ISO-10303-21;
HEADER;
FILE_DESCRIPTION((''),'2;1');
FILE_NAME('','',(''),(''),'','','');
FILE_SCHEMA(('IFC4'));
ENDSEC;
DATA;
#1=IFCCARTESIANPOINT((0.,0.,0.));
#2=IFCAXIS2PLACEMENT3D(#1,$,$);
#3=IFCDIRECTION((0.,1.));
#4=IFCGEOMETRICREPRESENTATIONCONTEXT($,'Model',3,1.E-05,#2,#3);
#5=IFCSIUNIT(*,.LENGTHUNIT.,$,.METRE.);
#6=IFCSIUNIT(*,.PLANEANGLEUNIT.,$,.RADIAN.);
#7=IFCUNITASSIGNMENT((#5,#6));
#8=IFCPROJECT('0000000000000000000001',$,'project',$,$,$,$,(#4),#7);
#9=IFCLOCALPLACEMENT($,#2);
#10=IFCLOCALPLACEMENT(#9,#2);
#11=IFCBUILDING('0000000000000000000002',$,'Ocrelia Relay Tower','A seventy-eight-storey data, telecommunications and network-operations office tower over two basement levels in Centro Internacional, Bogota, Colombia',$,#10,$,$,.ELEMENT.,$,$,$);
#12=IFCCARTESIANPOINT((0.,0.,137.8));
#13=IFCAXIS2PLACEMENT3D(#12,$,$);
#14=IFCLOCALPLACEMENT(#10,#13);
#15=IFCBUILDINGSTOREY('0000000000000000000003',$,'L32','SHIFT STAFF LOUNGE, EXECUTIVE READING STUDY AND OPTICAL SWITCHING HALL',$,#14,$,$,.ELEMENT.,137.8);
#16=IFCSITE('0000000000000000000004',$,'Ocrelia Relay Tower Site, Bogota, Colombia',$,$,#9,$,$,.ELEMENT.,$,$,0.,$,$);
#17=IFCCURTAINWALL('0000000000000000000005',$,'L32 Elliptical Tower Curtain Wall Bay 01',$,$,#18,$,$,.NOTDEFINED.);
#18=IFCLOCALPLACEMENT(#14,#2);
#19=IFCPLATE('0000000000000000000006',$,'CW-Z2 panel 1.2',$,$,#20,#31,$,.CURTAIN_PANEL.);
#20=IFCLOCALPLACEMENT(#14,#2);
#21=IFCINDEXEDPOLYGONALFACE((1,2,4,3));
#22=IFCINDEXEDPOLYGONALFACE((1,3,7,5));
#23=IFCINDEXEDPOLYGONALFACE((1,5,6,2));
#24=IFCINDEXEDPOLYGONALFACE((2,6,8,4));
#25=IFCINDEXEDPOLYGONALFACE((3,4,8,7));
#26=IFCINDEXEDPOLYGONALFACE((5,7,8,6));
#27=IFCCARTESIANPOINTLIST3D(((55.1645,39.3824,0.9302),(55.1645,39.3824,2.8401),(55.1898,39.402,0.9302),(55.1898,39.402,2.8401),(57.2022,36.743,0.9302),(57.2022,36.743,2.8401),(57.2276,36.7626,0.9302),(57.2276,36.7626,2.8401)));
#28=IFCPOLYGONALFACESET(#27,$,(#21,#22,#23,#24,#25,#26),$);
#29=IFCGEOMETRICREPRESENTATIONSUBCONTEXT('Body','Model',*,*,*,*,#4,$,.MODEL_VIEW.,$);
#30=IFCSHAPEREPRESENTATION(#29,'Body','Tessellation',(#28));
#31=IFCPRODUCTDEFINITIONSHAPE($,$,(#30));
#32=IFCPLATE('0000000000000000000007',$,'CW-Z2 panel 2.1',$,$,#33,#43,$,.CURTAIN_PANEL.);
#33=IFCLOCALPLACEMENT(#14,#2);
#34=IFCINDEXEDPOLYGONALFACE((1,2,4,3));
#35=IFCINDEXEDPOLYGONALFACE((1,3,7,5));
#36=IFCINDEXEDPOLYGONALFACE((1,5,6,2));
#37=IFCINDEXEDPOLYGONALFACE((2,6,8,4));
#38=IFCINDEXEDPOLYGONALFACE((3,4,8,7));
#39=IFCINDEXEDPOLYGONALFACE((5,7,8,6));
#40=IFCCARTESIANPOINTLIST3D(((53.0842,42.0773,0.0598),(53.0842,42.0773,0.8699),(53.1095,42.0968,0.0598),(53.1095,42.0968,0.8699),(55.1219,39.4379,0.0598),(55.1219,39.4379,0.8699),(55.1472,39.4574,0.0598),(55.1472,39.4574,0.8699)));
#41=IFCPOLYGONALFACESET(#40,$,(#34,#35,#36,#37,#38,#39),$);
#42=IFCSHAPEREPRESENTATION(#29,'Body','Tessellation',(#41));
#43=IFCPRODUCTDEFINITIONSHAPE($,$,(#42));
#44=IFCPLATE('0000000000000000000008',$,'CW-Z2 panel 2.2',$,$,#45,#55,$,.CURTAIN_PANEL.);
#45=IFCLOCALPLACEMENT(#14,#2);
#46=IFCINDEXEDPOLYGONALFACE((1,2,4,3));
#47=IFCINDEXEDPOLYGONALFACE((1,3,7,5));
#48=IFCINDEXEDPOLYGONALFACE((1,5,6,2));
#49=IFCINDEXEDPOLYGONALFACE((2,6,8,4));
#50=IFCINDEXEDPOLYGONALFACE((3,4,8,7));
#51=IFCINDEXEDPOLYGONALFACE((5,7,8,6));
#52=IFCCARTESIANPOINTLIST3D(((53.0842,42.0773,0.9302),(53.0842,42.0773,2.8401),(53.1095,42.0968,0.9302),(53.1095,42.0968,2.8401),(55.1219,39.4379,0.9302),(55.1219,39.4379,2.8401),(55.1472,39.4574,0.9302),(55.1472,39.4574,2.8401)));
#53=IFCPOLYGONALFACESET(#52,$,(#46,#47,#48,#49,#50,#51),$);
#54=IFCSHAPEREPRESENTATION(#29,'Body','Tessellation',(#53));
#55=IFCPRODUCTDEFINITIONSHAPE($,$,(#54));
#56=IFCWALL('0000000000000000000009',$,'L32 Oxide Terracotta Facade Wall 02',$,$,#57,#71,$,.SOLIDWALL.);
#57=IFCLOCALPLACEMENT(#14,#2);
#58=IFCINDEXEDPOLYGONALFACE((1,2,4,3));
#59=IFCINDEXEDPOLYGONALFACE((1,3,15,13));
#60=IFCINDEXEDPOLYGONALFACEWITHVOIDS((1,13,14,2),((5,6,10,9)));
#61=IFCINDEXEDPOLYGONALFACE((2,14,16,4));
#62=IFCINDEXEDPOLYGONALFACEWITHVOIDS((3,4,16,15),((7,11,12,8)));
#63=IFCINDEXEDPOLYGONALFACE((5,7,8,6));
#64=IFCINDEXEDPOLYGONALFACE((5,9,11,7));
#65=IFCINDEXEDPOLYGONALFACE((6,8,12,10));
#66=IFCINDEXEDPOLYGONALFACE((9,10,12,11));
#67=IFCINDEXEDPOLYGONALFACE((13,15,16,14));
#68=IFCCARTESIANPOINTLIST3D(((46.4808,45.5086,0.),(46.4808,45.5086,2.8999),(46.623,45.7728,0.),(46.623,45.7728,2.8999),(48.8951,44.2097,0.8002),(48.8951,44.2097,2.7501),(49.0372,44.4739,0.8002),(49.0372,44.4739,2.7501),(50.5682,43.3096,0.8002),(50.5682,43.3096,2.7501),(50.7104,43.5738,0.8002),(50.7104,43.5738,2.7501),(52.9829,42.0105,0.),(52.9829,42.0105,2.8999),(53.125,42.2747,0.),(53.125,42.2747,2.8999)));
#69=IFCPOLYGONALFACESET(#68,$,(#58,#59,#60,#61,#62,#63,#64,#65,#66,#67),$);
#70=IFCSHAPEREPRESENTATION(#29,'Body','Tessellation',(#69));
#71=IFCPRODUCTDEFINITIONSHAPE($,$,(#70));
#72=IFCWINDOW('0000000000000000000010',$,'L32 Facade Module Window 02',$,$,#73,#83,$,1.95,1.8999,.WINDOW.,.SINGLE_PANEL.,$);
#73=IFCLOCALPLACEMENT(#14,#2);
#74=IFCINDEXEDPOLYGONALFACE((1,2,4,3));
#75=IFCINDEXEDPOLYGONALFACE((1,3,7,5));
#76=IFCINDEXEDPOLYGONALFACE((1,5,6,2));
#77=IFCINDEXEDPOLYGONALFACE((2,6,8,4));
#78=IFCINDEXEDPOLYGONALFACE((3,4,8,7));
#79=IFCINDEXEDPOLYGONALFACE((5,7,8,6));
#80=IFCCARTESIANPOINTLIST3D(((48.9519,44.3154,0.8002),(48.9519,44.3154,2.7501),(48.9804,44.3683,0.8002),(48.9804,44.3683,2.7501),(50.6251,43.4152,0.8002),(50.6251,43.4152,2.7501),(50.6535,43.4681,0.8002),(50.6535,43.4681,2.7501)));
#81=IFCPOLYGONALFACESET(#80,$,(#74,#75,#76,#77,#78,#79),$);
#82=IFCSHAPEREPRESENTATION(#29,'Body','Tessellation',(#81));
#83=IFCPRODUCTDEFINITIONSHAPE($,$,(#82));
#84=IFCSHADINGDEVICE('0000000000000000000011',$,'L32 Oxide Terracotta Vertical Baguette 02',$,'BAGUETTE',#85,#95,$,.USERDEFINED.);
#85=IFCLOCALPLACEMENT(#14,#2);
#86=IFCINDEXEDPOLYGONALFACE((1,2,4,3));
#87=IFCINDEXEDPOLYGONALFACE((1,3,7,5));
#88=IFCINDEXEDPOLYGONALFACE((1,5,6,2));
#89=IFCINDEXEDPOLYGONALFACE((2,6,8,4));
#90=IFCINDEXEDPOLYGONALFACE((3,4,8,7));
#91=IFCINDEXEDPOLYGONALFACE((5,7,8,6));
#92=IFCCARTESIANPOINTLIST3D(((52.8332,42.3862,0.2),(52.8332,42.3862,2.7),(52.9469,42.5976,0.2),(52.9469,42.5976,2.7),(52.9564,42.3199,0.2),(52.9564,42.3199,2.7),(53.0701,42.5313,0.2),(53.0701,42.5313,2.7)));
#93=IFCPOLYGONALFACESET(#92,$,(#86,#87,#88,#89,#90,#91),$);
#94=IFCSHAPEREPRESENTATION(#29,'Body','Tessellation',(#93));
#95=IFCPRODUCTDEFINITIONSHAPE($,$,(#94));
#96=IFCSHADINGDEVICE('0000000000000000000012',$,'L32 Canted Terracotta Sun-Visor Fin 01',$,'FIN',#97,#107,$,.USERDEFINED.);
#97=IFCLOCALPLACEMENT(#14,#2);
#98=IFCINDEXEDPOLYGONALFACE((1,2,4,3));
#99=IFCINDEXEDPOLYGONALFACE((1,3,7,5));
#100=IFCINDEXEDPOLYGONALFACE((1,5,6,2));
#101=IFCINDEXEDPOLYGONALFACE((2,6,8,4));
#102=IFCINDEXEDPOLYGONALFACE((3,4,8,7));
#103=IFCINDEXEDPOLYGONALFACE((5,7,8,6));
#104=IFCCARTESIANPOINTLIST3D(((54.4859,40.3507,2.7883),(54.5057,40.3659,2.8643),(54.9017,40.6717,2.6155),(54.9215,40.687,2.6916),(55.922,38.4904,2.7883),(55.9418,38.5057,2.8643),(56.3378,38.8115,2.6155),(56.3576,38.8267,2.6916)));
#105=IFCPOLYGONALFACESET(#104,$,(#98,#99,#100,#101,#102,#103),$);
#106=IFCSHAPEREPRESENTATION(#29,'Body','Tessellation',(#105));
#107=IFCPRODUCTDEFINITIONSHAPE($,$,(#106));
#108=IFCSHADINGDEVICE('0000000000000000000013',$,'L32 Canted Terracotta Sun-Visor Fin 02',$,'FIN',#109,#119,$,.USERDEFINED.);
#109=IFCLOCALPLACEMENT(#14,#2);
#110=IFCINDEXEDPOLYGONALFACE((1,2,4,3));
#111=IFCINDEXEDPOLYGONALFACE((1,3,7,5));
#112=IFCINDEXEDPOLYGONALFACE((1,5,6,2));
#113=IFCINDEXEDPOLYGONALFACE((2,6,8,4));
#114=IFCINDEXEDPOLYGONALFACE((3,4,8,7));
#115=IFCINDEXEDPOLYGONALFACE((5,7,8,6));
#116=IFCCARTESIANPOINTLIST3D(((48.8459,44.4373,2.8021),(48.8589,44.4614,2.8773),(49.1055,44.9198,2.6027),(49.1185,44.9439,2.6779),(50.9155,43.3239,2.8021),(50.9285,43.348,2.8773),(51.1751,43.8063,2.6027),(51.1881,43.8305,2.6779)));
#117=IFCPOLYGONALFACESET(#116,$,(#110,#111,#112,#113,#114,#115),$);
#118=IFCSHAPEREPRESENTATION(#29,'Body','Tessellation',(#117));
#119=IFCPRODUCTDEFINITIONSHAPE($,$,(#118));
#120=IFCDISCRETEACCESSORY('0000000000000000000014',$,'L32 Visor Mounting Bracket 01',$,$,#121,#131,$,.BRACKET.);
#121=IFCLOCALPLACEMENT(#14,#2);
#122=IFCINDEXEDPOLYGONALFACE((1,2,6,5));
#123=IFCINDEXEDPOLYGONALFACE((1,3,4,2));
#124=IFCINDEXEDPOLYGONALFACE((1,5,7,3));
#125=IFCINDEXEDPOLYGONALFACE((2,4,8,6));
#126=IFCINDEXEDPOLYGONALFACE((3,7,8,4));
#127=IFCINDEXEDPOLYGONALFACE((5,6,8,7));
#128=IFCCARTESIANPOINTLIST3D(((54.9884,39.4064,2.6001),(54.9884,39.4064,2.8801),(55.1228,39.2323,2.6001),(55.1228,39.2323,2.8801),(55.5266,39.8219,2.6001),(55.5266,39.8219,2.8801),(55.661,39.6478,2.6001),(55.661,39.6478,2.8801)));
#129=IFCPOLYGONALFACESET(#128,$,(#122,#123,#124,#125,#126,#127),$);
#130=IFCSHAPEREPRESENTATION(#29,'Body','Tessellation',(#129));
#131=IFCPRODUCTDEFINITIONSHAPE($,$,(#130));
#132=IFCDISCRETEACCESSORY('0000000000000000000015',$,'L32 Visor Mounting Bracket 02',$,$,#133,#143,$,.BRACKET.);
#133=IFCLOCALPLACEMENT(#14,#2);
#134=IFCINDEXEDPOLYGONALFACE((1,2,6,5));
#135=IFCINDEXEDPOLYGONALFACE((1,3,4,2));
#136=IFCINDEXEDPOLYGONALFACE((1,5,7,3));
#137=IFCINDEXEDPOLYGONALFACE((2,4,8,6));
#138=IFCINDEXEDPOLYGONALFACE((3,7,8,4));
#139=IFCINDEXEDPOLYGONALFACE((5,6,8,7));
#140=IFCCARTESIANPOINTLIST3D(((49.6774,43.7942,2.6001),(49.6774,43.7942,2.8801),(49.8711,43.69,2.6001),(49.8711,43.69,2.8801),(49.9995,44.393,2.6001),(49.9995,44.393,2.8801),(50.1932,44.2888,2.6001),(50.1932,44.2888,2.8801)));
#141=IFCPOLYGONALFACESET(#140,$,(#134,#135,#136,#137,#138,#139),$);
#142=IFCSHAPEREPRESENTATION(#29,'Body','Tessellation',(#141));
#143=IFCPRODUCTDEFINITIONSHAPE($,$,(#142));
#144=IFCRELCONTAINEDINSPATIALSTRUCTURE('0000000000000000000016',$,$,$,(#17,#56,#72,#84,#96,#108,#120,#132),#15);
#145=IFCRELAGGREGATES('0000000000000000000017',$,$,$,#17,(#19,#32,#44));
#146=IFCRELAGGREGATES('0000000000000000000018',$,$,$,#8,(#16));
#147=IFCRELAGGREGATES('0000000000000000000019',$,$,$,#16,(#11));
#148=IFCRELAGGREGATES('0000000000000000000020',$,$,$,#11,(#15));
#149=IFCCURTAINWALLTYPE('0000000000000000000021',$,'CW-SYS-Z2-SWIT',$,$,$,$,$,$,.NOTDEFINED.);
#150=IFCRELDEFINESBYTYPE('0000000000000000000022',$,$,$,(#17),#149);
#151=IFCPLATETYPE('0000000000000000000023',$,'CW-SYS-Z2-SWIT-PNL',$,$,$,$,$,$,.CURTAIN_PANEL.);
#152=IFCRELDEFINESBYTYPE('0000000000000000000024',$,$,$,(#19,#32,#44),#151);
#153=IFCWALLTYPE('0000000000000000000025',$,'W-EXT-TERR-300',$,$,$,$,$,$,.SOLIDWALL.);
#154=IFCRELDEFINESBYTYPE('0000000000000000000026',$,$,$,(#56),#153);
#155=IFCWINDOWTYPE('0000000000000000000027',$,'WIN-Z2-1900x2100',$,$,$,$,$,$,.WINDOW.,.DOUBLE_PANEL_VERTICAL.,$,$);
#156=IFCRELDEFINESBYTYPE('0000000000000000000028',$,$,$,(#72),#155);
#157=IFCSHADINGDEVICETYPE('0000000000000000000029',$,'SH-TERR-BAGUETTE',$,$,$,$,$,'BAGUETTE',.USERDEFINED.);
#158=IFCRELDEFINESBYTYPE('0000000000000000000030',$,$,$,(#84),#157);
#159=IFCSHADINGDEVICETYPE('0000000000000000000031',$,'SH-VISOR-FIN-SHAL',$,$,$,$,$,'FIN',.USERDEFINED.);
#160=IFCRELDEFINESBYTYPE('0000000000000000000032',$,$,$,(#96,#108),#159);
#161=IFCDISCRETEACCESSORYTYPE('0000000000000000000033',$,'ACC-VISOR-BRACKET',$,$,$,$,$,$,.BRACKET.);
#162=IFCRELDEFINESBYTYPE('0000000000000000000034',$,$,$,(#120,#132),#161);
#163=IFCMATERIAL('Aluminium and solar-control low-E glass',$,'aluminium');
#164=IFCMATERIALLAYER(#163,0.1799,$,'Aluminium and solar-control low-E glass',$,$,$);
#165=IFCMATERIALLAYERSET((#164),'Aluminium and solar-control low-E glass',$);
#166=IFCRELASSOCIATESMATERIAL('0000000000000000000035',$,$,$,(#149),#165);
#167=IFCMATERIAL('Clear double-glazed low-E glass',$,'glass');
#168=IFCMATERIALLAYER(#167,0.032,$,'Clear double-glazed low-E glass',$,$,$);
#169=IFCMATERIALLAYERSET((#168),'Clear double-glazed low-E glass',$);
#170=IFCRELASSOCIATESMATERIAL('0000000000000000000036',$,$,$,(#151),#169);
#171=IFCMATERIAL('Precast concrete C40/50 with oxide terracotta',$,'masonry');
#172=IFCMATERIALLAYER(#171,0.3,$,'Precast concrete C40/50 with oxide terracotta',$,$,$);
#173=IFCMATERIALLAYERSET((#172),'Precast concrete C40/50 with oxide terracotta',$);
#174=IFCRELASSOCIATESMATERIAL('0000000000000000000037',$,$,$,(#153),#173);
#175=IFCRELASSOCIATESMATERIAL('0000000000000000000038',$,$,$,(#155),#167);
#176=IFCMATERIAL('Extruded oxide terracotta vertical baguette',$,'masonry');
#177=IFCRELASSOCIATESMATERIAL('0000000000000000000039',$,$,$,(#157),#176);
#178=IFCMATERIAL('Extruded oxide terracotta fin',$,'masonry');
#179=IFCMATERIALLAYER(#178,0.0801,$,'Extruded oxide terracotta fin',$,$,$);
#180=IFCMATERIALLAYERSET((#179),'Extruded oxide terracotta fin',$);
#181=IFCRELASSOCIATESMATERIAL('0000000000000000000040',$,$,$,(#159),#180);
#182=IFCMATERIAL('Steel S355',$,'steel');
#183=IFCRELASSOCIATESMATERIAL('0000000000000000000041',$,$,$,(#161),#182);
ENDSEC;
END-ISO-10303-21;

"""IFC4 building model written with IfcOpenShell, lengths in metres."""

from ifc_helpers import new_model, si_unit, direction, frame, frame_2d, origin, origin_2d, place, context, subcontext, project, spatial, rectangle, extrude, material, layer, layer_set, type_object, element, fill, aggregate, save


model = new_model("IFC4")

# Units and contexts
model_context = context("Model", 3, precision=1e-05, world=origin(), true_north=direction((0.0, 1.0)))
body_context = subcontext(model_context, "Body", "Model", "MODEL_VIEW")
ifc_project = project(units=[si_unit("LENGTHUNIT", "METRE"), si_unit("PLANEANGLEUNIT", "RADIAN")], contexts=[model_context])

# Site, building, storey
site_placement = place(None, origin())
site = spatial("IfcSite", under=ifc_project, at=site_placement, Name="Ocrelia Relay Tower Site, Bogota, Colombia", CompositionType="ELEMENT", RefElevation=0.0)
building_placement = place(site_placement, origin())
building = spatial("IfcBuilding", under=site, at=building_placement, Name="Ocrelia Relay Tower", Description="A seventy-eight-storey data, telecommunications and network-operations office tower over two basement levels in Centro Internacional, Bogota, Colombia", CompositionType="ELEMENT")
storey_placement = place(building_placement, frame((0.0, 0.0, 137.8)))
storey = spatial("IfcBuildingStorey", under=building, at=storey_placement, Name="L32", Description="SHIFT STAFF LOUNGE, EXECUTIVE READING STUDY AND OPTICAL SWITCHING HALL", CompositionType="ELEMENT", Elevation=137.8)

# Curtain wall
ifc_material_1 = material(Name="Aluminium and solar-control low-E glass", Category="aluminium")
ifc_layer_1 = layer(ifc_material_1, 0.1799, Name="Aluminium and solar-control low-E glass")
ifc_layer_set_1 = layer_set([ifc_layer_1], Name="Aluminium and solar-control low-E glass")
curtain_wall_type = type_object("IfcCurtainWallType", Name="CW-SYS-Z2-SWIT", PredefinedType="NOTDEFINED", material=ifc_layer_set_1)
curtain_wall_1_placement = place(storey_placement, origin())
curtain_wall_1 = element("IfcCurtainWall", 1, at=curtain_wall_1_placement, inside=storey, type_object=curtain_wall_type, Name="L32 Elliptical Tower Curtain Wall Bay 01", PredefinedType="NOTDEFINED")

# Plates
ifc_material_2 = material(Name="Clear double-glazed low-E glass", Category="glass")
ifc_layer_2 = layer(ifc_material_2, 0.032, Name="Clear double-glazed low-E glass")
ifc_layer_set_2 = layer_set([ifc_layer_2], Name="Clear double-glazed low-E glass")
plate_type = type_object("IfcPlateType", Name="CW-SYS-Z2-SWIT-PNL", PredefinedType="CURTAIN_PANEL", material=ifc_layer_set_2)
plate_1_placement = place(storey_placement, frame((56.196, 38.0725, 0.9302), z_axis=(0.0, 0.0, 1.0), x_axis=(-0.611104, 0.791551, 0.0)))
plate_1 = element("IfcPlate", 2, at=plate_1_placement, type_object=plate_type, Name="CW-Z2 panel 1.2", PredefinedType="CURTAIN_PANEL", context=body_context, shape_type="SweptSolid", body=[
    extrude(rectangle(XDim=3.3345, YDim=0.032, at=origin_2d()), origin(), (0.0, 0.0, 1.0), 1.9099),
])
plate_2_placement = place(storey_placement, frame((54.1157, 40.7673, 0.0598), z_axis=(0.0, 0.0, 1.0), x_axis=(-0.611104, 0.791551, 0.0)))
plate_2 = element("IfcPlate", 3, at=plate_2_placement, type_object=plate_type, Name="CW-Z2 panel 2.1", PredefinedType="CURTAIN_PANEL", context=body_context, shape_type="SweptSolid", body=[
    extrude(rectangle(XDim=3.3345, YDim=0.032, at=origin_2d()), origin(), (0.0, 0.0, 1.0), 0.8101),
])
plate_3_placement = place(storey_placement, frame((54.1157, 40.7673, 0.9302), z_axis=(0.0, 0.0, 1.0), x_axis=(-0.611104, 0.791551, 0.0)))
plate_3 = element("IfcPlate", 4, at=plate_3_placement, type_object=plate_type, Name="CW-Z2 panel 2.2", PredefinedType="CURTAIN_PANEL", context=body_context, shape_type="SweptSolid", body=[
    extrude(rectangle(XDim=3.3345, YDim=0.032, at=origin_2d()), origin(), (0.0, 0.0, 1.0), 1.9099),
])
aggregate(curtain_wall_1, [plate_1, plate_2, plate_3])

# Wall, opening, window
ifc_material_3 = material(Name="Precast concrete C40/50 with oxide terracotta", Category="masonry")
ifc_layer_3 = layer(ifc_material_3, 0.3, Name="Precast concrete C40/50 with oxide terracotta")
ifc_layer_set_3 = layer_set([ifc_layer_3], Name="Precast concrete C40/50 with oxide terracotta")
wall_type = type_object("IfcWallType", Name="W-EXT-TERR-300", PredefinedType="SOLIDWALL", material=ifc_layer_set_3)
wall_placement = place(storey_placement, frame((53.054, 42.1426, 0.0), z_axis=(0.0, 0.0, 1.0), x_axis=(-0.880641, 0.473784, 0.0)))
wall = element("IfcWall", 5, at=wall_placement, inside=storey, type_object=wall_type, Name="L32 Oxide Terracotta Facade Wall 02", PredefinedType="SOLIDWALL", context=body_context, shape_type="SweptSolid", body=[
    extrude(rectangle(XDim=7.3833, YDim=0.3, at=frame_2d((3.6917, 0.0))), origin(), (0.0, 0.0, 1.0), 2.8999),
])
opening_placement = place(wall_placement, frame((2.7419, 0.0, 0.8)))
opening = element("IfcOpeningElement", 6, at=opening_placement, cuts=wall, PredefinedType="OPENING", context=body_context, shape_type="SweptSolid", body=[
    extrude(rectangle(XDim=1.8999, YDim=1.95, at=frame_2d((0.95, 0.9751))), frame((0.0, 0.1602, 0.0), z_axis=(0.0, -1.0, 0.0), x_axis=(1.0, 0.0, 0.0)), (0.0, 0.0, 1.0), 0.3201),
])
window_type = type_object("IfcWindowType", Name="WIN-Z2-1900x2100", PartitioningType="DOUBLE_PANEL_VERTICAL", PredefinedType="WINDOW", material=ifc_material_2)
window_placement = place(opening_placement, origin())
window = element("IfcWindow", 7, at=window_placement, inside=storey, type_object=window_type, Name="L32 Facade Module Window 02", OverallHeight=1.95, OverallWidth=1.8999, PartitioningType="SINGLE_PANEL", PredefinedType="WINDOW", context=body_context, shape_type="SweptSolid", body=[
    extrude(rectangle(XDim=1.8999, YDim=1.95, at=frame_2d((0.95, 0.9751))), frame((0.0, 0.03, 0.0), z_axis=(0.0, -1.0, 0.0), x_axis=(1.0, 0.0, 0.0)), (0.0, 0.0, 1.0), 0.0601),
])
fill(opening, window)

# Shading devices
ifc_material_4 = material(Name="Extruded oxide terracotta vertical baguette", Category="masonry")
shading_device_type_1 = type_object("IfcShadingDeviceType", Name="SH-TERR-BAGUETTE", ElementType="BAGUETTE", PredefinedType="USERDEFINED", material=ifc_material_4)
shading_device_1_placement = place(storey_placement, frame((52.9517, 42.4587, 0.2), z_axis=(0.0, 0.0, 1.0), x_axis=(-0.880639, 0.473787, 0.0)))
element("IfcShadingDevice", 8, at=shading_device_1_placement, inside=storey, type_object=shading_device_type_1, Name="L32 Oxide Terracotta Vertical Baguette 02", ObjectType="BAGUETTE", PredefinedType="USERDEFINED", context=body_context, shape_type="SweptSolid", body=[
    extrude(rectangle(XDim=0.1399, YDim=0.24, at=origin_2d()), origin(), (0.0, 0.0, 1.0), 2.5),
])
ifc_material_5 = material(Name="Extruded oxide terracotta fin", Category="masonry")
ifc_layer_4 = layer(ifc_material_5, 0.0801, Name="Extruded oxide terracotta fin")
ifc_layer_set_4 = layer_set([ifc_layer_4], Name="Extruded oxide terracotta fin")
shading_device_type_2 = type_object("IfcShadingDeviceType", Name="SH-VISOR-FIN-SHAL", ElementType="FIN", PredefinedType="USERDEFINED", material=ifc_layer_set_4)
shading_device_2_placement = place(storey_placement, frame((55.4119, 39.5811, 2.7019), z_axis=(0.247229, 0.190869, 0.949972), x_axis=(-0.611104, 0.791551, 0.0)))
element("IfcShadingDevice", 9, at=shading_device_2_placement, inside=storey, type_object=shading_device_type_2, Name="L32 Canted Terracotta Sun-Visor Fin 01", ObjectType="FIN", PredefinedType="USERDEFINED", context=body_context, shape_type="SweptSolid", body=[
    extrude(rectangle(XDim=2.3501, YDim=0.553, at=origin_2d()), origin(), (0.0, 0.0, 1.0), 0.0801),
])
shading_device_3_placement = place(storey_placement, frame((50.0105, 44.1218, 2.7024), z_axis=(0.162045, 0.301196, 0.939693), x_axis=(-0.880639, 0.473787, 0.0)))
element("IfcShadingDevice", 10, at=shading_device_3_placement, inside=storey, type_object=shading_device_type_2, Name="L32 Canted Terracotta Sun-Visor Fin 02", ObjectType="FIN", PredefinedType="USERDEFINED", context=body_context, shape_type="SweptSolid", body=[
    extrude(rectangle(XDim=2.3501, YDim=0.583, at=origin_2d()), origin(), (0.0, 0.0, 1.0), 0.0801),
])

# Discrete accessories
ifc_material_6 = material(Name="Steel S355", Category="steel")
discrete_accessory_type = type_object("IfcDiscreteAccessoryType", Name="ACC-VISOR-BRACKET", PredefinedType="BRACKET", material=ifc_material_6)
for number, where, z_axis, x_axis, name in (
    (11, (55.3247, 39.5271, 2.6001), (0.0, 0.0, 1.0), (-0.611104, 0.791551, 0.0), "L32 Visor Mounting Bracket 01"),
    (12, (49.9353, 44.0415, 2.6001), (0.0, 0.0, 1.0), (-0.880639, 0.473787, 0.0), "L32 Visor Mounting Bracket 02"),
):
    element("IfcDiscreteAccessory", number, at=place(storey_placement, frame(where, z_axis=z_axis, x_axis=x_axis)), inside=storey, type_object=discrete_accessory_type, Name=name, PredefinedType="BRACKET", context=body_context, shape_type="SweptSolid", body=[
        extrude(rectangle(XDim=0.22, YDim=0.6799, at=origin_2d()), origin(), (0.0, 0.0, 1.0), 0.28),
    ])

save(model, "model.ifc")
